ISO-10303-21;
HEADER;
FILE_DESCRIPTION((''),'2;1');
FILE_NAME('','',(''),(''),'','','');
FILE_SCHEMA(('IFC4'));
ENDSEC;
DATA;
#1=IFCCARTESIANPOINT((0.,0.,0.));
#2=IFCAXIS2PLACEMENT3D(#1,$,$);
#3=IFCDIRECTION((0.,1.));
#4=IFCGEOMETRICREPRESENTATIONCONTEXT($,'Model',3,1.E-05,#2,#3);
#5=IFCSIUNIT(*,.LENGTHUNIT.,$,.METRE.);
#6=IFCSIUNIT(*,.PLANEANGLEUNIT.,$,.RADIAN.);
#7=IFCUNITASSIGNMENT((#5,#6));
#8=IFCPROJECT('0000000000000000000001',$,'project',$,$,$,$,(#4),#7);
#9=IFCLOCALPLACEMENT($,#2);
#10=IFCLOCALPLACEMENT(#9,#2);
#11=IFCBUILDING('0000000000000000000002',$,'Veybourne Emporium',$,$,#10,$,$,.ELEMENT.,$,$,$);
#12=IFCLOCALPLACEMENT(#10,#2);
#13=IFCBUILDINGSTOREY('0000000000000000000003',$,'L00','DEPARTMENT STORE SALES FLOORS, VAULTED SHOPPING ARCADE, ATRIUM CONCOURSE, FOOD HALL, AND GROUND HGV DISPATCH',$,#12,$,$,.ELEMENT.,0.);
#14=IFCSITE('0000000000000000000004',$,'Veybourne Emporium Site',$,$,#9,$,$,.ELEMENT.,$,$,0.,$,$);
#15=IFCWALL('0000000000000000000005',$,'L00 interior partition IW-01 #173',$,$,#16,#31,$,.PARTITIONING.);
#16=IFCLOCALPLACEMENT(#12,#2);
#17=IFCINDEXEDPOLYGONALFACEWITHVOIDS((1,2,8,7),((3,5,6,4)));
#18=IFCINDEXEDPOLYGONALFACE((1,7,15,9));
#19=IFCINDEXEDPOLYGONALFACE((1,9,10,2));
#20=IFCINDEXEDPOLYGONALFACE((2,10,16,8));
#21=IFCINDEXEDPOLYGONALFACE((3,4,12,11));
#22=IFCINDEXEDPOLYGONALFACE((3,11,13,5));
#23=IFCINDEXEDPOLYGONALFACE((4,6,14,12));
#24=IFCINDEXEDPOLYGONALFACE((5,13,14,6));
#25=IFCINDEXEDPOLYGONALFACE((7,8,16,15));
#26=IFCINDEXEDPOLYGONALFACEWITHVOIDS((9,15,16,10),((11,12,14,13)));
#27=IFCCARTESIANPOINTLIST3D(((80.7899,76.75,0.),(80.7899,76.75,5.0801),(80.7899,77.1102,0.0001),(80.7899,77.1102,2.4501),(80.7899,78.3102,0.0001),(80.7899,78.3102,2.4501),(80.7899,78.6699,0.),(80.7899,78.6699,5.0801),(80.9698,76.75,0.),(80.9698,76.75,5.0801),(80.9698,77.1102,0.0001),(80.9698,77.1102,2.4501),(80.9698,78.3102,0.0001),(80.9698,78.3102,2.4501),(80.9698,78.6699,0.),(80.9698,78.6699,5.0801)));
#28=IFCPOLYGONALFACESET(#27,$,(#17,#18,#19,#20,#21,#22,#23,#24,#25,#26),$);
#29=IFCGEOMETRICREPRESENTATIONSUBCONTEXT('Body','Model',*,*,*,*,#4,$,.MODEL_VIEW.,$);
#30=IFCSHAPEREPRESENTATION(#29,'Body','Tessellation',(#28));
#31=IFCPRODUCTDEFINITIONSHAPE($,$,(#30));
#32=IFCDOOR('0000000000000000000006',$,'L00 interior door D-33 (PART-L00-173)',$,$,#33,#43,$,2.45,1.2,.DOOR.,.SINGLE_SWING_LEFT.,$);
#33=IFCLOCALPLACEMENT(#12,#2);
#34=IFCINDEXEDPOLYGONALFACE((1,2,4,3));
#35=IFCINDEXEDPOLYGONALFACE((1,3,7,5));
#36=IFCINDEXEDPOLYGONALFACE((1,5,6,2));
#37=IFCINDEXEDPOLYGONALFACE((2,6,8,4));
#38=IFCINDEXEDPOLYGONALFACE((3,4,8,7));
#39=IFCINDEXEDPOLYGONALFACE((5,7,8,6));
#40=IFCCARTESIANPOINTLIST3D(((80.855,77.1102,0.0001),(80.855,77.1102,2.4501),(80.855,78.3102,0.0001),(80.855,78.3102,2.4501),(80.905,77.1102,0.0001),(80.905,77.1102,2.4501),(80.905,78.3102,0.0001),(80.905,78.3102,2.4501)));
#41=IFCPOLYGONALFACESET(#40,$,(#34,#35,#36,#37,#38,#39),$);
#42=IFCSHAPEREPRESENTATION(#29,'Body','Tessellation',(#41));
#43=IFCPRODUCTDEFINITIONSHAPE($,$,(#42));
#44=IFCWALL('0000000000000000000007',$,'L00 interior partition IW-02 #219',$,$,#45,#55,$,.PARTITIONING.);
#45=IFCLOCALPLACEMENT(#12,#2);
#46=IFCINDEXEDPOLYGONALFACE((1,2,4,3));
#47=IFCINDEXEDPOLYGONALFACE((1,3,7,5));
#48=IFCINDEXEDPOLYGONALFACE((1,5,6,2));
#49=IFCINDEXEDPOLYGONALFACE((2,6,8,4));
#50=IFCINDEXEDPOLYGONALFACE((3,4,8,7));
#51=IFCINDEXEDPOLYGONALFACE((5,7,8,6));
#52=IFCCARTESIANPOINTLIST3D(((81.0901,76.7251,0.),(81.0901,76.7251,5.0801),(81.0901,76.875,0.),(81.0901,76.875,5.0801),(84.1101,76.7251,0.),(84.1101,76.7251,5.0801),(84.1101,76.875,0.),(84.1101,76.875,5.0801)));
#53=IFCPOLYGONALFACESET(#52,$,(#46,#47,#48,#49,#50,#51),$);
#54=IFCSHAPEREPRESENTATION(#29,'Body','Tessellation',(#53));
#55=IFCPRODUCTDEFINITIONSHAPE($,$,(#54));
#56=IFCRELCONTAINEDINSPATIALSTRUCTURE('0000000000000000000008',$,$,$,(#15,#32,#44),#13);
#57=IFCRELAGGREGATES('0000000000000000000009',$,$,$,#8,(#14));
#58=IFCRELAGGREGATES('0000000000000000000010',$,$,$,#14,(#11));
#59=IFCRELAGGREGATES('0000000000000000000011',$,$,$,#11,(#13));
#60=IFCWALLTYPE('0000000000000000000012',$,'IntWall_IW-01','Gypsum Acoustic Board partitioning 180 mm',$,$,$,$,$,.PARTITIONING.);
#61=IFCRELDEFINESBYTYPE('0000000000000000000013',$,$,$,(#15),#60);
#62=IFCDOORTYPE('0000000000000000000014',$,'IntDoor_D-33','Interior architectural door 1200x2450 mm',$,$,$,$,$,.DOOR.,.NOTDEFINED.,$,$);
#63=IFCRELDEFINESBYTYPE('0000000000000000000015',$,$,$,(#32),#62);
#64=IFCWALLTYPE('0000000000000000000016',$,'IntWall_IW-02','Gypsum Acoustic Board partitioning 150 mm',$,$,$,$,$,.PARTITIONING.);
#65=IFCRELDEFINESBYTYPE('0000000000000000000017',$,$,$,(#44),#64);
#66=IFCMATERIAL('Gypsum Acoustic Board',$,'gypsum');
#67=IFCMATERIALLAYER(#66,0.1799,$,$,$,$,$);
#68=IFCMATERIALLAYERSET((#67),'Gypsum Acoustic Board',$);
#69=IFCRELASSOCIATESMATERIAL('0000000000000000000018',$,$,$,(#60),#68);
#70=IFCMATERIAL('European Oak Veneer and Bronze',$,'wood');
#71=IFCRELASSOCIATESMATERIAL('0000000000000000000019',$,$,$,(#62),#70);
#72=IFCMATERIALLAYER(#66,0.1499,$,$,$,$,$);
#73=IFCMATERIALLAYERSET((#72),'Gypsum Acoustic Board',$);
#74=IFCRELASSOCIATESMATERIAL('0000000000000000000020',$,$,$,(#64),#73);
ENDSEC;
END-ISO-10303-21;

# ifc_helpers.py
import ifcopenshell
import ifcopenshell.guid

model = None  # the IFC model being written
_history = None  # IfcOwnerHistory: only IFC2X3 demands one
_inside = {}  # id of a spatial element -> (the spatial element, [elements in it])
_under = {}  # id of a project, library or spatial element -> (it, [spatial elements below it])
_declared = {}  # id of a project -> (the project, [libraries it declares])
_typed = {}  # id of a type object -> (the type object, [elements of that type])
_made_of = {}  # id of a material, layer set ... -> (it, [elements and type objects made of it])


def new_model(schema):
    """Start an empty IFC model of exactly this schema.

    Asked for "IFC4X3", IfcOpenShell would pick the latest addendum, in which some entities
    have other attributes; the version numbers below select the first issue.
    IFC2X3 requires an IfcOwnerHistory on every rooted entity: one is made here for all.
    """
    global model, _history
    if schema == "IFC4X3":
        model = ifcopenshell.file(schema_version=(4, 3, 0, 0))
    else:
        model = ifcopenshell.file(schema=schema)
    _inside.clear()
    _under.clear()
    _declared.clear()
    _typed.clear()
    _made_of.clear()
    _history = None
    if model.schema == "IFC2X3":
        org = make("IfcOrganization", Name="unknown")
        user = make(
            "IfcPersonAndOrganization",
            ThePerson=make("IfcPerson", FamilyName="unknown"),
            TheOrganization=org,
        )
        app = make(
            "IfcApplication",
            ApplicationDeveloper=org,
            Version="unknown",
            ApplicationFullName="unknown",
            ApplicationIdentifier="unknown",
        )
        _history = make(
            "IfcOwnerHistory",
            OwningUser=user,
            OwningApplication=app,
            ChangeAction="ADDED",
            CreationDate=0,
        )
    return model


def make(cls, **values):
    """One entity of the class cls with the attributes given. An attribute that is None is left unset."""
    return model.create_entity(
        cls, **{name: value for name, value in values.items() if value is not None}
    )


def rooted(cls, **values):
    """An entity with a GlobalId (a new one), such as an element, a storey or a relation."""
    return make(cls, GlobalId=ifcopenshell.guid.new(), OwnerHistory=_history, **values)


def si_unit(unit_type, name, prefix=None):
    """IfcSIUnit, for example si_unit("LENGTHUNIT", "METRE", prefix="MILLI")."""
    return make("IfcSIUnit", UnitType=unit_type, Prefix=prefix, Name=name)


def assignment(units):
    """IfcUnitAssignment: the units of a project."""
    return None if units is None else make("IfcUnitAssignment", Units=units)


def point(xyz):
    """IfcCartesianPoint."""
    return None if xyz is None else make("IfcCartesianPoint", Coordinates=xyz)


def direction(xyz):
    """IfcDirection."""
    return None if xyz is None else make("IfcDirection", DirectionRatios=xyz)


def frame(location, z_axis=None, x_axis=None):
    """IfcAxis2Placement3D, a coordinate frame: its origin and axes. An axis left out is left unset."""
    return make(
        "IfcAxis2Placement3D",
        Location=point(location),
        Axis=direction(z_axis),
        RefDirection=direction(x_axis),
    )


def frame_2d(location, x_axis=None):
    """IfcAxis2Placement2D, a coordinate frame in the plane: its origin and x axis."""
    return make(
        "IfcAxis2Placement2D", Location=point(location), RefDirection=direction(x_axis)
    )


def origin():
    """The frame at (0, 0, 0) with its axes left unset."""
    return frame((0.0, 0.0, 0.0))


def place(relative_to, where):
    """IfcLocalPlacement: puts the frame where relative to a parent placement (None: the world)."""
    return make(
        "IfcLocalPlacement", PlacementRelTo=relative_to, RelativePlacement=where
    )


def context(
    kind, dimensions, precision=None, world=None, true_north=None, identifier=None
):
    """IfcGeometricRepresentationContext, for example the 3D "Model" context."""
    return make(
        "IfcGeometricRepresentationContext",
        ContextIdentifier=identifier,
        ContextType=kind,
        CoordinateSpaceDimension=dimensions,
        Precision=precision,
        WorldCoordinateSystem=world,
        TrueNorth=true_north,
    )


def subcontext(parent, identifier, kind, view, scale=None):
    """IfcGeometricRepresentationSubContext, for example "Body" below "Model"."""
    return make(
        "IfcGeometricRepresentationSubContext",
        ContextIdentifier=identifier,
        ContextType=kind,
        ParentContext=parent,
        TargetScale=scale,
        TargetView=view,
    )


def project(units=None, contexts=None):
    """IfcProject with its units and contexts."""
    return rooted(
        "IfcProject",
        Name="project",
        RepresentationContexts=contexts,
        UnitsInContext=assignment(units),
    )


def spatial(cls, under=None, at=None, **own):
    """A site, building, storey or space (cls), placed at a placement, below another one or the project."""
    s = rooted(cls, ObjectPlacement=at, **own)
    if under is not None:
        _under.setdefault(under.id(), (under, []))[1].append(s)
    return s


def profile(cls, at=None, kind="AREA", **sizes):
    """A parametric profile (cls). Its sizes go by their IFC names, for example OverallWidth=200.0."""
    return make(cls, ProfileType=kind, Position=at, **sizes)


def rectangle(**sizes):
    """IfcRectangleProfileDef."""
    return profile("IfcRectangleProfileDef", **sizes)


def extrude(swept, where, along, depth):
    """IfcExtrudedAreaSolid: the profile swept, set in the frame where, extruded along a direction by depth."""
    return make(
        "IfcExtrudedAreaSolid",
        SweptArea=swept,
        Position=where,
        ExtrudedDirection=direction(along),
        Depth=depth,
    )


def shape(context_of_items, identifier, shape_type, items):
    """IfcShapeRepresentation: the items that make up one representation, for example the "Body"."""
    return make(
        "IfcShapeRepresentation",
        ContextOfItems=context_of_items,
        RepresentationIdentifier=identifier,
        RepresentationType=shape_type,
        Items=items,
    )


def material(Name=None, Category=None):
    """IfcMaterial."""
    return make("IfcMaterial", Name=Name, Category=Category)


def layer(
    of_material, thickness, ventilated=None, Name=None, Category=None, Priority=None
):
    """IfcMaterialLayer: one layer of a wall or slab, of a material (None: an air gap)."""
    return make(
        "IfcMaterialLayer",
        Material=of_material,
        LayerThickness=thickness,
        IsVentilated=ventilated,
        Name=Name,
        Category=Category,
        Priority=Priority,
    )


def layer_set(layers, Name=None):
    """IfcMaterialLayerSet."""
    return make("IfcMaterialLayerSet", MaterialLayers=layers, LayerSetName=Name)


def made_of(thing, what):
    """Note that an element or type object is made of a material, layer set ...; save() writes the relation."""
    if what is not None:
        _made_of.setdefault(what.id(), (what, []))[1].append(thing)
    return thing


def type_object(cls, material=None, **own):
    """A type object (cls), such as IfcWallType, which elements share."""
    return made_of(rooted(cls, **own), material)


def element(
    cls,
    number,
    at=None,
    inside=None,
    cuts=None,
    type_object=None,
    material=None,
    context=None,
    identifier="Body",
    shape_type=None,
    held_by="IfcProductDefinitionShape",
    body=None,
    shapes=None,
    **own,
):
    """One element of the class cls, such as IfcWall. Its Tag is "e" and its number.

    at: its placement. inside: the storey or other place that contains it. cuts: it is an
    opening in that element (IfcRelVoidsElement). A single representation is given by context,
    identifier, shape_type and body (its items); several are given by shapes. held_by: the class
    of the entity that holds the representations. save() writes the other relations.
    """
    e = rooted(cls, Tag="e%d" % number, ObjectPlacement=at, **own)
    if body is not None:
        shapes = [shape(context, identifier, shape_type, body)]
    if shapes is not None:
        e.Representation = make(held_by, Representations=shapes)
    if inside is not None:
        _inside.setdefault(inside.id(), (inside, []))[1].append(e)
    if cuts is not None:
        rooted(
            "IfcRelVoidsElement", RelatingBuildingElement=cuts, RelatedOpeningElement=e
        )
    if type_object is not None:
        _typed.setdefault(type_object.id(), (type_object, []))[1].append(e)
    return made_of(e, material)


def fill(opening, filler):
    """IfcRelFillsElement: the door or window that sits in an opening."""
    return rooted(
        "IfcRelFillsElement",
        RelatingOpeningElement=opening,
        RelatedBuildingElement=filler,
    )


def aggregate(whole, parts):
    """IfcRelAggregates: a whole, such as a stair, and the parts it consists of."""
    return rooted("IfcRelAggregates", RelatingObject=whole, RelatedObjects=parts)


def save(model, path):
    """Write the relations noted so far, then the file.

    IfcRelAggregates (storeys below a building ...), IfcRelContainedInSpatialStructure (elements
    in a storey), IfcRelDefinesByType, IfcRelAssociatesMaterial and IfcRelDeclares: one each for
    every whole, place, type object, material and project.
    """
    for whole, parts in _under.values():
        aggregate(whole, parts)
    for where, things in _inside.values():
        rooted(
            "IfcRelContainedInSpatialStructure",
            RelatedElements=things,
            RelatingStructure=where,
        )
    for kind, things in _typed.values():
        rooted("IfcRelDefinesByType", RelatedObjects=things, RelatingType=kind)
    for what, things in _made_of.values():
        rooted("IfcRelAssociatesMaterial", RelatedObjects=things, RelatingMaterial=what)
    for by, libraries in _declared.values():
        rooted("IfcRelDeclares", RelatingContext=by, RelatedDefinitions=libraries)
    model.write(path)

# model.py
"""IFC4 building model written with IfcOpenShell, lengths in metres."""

from ifc_helpers import new_model, si_unit, direction, frame, frame_2d, origin, place, context, subcontext, project, spatial, rectangle, extrude, material, layer, layer_set, type_object, element, fill, save


model = new_model("IFC4")

# Units and contexts
model_context = context("Model", 3, precision=1e-05, world=origin(), true_north=direction((0.0, 1.0)))
body_context = subcontext(model_context, "Body", "Model", "MODEL_VIEW")
ifc_project = project(units=[si_unit("LENGTHUNIT", "METRE"), si_unit("PLANEANGLEUNIT", "RADIAN")], contexts=[model_context])

# Site, building, storey
site_placement = place(None, origin())
site = spatial("IfcSite", under=ifc_project, at=site_placement, Name="Veybourne Emporium Site", CompositionType="ELEMENT", RefElevation=0.0)
building_placement = place(site_placement, origin())
building = spatial("IfcBuilding", under=site, at=building_placement, Name="Veybourne Emporium", CompositionType="ELEMENT")
storey_placement = place(building_placement, origin())
storey = spatial("IfcBuildingStorey", under=building, at=storey_placement, Name="L00", Description="DEPARTMENT STORE SALES FLOORS, VAULTED SHOPPING ARCADE, ATRIUM CONCOURSE, FOOD HALL, AND GROUND HGV DISPATCH", CompositionType="ELEMENT", Elevation=0.0)

# Wall, opening, door
ifc_material_1 = material(Name="Gypsum Acoustic Board", Category="gypsum")
ifc_layer_1 = layer(ifc_material_1, 0.1799)
ifc_layer_set_1 = layer_set([ifc_layer_1], Name="Gypsum Acoustic Board")
wall_type_1 = type_object("IfcWallType", Name="IntWall_IW-01", Description="Gypsum Acoustic Board partitioning 180 mm", PredefinedType="PARTITIONING", material=ifc_layer_set_1)
wall_1_placement = place(storey_placement, frame((80.8799, 76.75, 0.0), z_axis=(0.0, 0.0, 1.0), x_axis=(0.0, 1.0, 0.0)))
wall_1 = element("IfcWall", 1, at=wall_1_placement, inside=storey, type_object=wall_type_1, Name="L00 interior partition IW-01 #173", PredefinedType="PARTITIONING", context=body_context, shape_type="SweptSolid", body=[
    extrude(rectangle(XDim=1.9199, YDim=0.1799, at=frame_2d((0.96, 0.0))), origin(), (0.0, 0.0, 1.0), 5.0801),
])
opening_placement = place(wall_1_placement, frame((0.3601, 0.0, 0.0)))
opening = element("IfcOpeningElement", 2, at=opening_placement, cuts=wall_1, PredefinedType="OPENING", context=body_context, shape_type="SweptSolid", body=[
    extrude(rectangle(XDim=1.2, YDim=2.45, at=frame_2d((0.6001, 1.2251))), frame((0.0, 0.1099, 0.0), z_axis=(0.0, -1.0, 0.0), x_axis=(1.0, 0.0, 0.0)), (0.0, 0.0, 1.0), 0.22),
])
ifc_material_2 = material(Name="European Oak Veneer and Bronze", Category="wood")
door_type = type_object("IfcDoorType", Name="IntDoor_D-33", Description="Interior architectural door 1200x2450 mm", OperationType="NOTDEFINED", PredefinedType="DOOR", material=ifc_material_2)
door_placement = place(opening_placement, origin())
door = element("IfcDoor", 3, at=door_placement, inside=storey, type_object=door_type, Name="L00 interior door D-33 (PART-L00-173)", OperationType="SINGLE_SWING_LEFT", OverallHeight=2.45, OverallWidth=1.2, PredefinedType="DOOR", context=body_context, shape_type="SweptSolid", body=[
    extrude(rectangle(XDim=1.2, YDim=2.45, at=frame_2d((0.6001, 1.2251))), frame((0.0, 0.0249, 0.0), z_axis=(0.0, -1.0, 0.0), x_axis=(1.0, 0.0, 0.0)), (0.0, 0.0, 1.0), 0.05),
])
fill(opening, door)

# Wall
ifc_layer_2 = layer(ifc_material_1, 0.1499)
ifc_layer_set_2 = layer_set([ifc_layer_2], Name="Gypsum Acoustic Board")
wall_type_2 = type_object("IfcWallType", Name="IntWall_IW-02", Description="Gypsum Acoustic Board partitioning 150 mm", PredefinedType="PARTITIONING", material=ifc_layer_set_2)
wall_2_placement = place(storey_placement, frame((81.0901, 76.8, 0.0), z_axis=(0.0, 0.0, 1.0), x_axis=(1.0, 0.0, 0.0)))
element("IfcWall", 4, at=wall_2_placement, inside=storey, type_object=wall_type_2, Name="L00 interior partition IW-02 #219", PredefinedType="PARTITIONING", context=body_context, shape_type="SweptSolid", body=[
    extrude(rectangle(XDim=3.02, YDim=0.1499, at=frame_2d((1.51, 0.0))), origin(), (0.0, 0.0, 1.0), 5.0801),
])

save(model, "model.ifc")
